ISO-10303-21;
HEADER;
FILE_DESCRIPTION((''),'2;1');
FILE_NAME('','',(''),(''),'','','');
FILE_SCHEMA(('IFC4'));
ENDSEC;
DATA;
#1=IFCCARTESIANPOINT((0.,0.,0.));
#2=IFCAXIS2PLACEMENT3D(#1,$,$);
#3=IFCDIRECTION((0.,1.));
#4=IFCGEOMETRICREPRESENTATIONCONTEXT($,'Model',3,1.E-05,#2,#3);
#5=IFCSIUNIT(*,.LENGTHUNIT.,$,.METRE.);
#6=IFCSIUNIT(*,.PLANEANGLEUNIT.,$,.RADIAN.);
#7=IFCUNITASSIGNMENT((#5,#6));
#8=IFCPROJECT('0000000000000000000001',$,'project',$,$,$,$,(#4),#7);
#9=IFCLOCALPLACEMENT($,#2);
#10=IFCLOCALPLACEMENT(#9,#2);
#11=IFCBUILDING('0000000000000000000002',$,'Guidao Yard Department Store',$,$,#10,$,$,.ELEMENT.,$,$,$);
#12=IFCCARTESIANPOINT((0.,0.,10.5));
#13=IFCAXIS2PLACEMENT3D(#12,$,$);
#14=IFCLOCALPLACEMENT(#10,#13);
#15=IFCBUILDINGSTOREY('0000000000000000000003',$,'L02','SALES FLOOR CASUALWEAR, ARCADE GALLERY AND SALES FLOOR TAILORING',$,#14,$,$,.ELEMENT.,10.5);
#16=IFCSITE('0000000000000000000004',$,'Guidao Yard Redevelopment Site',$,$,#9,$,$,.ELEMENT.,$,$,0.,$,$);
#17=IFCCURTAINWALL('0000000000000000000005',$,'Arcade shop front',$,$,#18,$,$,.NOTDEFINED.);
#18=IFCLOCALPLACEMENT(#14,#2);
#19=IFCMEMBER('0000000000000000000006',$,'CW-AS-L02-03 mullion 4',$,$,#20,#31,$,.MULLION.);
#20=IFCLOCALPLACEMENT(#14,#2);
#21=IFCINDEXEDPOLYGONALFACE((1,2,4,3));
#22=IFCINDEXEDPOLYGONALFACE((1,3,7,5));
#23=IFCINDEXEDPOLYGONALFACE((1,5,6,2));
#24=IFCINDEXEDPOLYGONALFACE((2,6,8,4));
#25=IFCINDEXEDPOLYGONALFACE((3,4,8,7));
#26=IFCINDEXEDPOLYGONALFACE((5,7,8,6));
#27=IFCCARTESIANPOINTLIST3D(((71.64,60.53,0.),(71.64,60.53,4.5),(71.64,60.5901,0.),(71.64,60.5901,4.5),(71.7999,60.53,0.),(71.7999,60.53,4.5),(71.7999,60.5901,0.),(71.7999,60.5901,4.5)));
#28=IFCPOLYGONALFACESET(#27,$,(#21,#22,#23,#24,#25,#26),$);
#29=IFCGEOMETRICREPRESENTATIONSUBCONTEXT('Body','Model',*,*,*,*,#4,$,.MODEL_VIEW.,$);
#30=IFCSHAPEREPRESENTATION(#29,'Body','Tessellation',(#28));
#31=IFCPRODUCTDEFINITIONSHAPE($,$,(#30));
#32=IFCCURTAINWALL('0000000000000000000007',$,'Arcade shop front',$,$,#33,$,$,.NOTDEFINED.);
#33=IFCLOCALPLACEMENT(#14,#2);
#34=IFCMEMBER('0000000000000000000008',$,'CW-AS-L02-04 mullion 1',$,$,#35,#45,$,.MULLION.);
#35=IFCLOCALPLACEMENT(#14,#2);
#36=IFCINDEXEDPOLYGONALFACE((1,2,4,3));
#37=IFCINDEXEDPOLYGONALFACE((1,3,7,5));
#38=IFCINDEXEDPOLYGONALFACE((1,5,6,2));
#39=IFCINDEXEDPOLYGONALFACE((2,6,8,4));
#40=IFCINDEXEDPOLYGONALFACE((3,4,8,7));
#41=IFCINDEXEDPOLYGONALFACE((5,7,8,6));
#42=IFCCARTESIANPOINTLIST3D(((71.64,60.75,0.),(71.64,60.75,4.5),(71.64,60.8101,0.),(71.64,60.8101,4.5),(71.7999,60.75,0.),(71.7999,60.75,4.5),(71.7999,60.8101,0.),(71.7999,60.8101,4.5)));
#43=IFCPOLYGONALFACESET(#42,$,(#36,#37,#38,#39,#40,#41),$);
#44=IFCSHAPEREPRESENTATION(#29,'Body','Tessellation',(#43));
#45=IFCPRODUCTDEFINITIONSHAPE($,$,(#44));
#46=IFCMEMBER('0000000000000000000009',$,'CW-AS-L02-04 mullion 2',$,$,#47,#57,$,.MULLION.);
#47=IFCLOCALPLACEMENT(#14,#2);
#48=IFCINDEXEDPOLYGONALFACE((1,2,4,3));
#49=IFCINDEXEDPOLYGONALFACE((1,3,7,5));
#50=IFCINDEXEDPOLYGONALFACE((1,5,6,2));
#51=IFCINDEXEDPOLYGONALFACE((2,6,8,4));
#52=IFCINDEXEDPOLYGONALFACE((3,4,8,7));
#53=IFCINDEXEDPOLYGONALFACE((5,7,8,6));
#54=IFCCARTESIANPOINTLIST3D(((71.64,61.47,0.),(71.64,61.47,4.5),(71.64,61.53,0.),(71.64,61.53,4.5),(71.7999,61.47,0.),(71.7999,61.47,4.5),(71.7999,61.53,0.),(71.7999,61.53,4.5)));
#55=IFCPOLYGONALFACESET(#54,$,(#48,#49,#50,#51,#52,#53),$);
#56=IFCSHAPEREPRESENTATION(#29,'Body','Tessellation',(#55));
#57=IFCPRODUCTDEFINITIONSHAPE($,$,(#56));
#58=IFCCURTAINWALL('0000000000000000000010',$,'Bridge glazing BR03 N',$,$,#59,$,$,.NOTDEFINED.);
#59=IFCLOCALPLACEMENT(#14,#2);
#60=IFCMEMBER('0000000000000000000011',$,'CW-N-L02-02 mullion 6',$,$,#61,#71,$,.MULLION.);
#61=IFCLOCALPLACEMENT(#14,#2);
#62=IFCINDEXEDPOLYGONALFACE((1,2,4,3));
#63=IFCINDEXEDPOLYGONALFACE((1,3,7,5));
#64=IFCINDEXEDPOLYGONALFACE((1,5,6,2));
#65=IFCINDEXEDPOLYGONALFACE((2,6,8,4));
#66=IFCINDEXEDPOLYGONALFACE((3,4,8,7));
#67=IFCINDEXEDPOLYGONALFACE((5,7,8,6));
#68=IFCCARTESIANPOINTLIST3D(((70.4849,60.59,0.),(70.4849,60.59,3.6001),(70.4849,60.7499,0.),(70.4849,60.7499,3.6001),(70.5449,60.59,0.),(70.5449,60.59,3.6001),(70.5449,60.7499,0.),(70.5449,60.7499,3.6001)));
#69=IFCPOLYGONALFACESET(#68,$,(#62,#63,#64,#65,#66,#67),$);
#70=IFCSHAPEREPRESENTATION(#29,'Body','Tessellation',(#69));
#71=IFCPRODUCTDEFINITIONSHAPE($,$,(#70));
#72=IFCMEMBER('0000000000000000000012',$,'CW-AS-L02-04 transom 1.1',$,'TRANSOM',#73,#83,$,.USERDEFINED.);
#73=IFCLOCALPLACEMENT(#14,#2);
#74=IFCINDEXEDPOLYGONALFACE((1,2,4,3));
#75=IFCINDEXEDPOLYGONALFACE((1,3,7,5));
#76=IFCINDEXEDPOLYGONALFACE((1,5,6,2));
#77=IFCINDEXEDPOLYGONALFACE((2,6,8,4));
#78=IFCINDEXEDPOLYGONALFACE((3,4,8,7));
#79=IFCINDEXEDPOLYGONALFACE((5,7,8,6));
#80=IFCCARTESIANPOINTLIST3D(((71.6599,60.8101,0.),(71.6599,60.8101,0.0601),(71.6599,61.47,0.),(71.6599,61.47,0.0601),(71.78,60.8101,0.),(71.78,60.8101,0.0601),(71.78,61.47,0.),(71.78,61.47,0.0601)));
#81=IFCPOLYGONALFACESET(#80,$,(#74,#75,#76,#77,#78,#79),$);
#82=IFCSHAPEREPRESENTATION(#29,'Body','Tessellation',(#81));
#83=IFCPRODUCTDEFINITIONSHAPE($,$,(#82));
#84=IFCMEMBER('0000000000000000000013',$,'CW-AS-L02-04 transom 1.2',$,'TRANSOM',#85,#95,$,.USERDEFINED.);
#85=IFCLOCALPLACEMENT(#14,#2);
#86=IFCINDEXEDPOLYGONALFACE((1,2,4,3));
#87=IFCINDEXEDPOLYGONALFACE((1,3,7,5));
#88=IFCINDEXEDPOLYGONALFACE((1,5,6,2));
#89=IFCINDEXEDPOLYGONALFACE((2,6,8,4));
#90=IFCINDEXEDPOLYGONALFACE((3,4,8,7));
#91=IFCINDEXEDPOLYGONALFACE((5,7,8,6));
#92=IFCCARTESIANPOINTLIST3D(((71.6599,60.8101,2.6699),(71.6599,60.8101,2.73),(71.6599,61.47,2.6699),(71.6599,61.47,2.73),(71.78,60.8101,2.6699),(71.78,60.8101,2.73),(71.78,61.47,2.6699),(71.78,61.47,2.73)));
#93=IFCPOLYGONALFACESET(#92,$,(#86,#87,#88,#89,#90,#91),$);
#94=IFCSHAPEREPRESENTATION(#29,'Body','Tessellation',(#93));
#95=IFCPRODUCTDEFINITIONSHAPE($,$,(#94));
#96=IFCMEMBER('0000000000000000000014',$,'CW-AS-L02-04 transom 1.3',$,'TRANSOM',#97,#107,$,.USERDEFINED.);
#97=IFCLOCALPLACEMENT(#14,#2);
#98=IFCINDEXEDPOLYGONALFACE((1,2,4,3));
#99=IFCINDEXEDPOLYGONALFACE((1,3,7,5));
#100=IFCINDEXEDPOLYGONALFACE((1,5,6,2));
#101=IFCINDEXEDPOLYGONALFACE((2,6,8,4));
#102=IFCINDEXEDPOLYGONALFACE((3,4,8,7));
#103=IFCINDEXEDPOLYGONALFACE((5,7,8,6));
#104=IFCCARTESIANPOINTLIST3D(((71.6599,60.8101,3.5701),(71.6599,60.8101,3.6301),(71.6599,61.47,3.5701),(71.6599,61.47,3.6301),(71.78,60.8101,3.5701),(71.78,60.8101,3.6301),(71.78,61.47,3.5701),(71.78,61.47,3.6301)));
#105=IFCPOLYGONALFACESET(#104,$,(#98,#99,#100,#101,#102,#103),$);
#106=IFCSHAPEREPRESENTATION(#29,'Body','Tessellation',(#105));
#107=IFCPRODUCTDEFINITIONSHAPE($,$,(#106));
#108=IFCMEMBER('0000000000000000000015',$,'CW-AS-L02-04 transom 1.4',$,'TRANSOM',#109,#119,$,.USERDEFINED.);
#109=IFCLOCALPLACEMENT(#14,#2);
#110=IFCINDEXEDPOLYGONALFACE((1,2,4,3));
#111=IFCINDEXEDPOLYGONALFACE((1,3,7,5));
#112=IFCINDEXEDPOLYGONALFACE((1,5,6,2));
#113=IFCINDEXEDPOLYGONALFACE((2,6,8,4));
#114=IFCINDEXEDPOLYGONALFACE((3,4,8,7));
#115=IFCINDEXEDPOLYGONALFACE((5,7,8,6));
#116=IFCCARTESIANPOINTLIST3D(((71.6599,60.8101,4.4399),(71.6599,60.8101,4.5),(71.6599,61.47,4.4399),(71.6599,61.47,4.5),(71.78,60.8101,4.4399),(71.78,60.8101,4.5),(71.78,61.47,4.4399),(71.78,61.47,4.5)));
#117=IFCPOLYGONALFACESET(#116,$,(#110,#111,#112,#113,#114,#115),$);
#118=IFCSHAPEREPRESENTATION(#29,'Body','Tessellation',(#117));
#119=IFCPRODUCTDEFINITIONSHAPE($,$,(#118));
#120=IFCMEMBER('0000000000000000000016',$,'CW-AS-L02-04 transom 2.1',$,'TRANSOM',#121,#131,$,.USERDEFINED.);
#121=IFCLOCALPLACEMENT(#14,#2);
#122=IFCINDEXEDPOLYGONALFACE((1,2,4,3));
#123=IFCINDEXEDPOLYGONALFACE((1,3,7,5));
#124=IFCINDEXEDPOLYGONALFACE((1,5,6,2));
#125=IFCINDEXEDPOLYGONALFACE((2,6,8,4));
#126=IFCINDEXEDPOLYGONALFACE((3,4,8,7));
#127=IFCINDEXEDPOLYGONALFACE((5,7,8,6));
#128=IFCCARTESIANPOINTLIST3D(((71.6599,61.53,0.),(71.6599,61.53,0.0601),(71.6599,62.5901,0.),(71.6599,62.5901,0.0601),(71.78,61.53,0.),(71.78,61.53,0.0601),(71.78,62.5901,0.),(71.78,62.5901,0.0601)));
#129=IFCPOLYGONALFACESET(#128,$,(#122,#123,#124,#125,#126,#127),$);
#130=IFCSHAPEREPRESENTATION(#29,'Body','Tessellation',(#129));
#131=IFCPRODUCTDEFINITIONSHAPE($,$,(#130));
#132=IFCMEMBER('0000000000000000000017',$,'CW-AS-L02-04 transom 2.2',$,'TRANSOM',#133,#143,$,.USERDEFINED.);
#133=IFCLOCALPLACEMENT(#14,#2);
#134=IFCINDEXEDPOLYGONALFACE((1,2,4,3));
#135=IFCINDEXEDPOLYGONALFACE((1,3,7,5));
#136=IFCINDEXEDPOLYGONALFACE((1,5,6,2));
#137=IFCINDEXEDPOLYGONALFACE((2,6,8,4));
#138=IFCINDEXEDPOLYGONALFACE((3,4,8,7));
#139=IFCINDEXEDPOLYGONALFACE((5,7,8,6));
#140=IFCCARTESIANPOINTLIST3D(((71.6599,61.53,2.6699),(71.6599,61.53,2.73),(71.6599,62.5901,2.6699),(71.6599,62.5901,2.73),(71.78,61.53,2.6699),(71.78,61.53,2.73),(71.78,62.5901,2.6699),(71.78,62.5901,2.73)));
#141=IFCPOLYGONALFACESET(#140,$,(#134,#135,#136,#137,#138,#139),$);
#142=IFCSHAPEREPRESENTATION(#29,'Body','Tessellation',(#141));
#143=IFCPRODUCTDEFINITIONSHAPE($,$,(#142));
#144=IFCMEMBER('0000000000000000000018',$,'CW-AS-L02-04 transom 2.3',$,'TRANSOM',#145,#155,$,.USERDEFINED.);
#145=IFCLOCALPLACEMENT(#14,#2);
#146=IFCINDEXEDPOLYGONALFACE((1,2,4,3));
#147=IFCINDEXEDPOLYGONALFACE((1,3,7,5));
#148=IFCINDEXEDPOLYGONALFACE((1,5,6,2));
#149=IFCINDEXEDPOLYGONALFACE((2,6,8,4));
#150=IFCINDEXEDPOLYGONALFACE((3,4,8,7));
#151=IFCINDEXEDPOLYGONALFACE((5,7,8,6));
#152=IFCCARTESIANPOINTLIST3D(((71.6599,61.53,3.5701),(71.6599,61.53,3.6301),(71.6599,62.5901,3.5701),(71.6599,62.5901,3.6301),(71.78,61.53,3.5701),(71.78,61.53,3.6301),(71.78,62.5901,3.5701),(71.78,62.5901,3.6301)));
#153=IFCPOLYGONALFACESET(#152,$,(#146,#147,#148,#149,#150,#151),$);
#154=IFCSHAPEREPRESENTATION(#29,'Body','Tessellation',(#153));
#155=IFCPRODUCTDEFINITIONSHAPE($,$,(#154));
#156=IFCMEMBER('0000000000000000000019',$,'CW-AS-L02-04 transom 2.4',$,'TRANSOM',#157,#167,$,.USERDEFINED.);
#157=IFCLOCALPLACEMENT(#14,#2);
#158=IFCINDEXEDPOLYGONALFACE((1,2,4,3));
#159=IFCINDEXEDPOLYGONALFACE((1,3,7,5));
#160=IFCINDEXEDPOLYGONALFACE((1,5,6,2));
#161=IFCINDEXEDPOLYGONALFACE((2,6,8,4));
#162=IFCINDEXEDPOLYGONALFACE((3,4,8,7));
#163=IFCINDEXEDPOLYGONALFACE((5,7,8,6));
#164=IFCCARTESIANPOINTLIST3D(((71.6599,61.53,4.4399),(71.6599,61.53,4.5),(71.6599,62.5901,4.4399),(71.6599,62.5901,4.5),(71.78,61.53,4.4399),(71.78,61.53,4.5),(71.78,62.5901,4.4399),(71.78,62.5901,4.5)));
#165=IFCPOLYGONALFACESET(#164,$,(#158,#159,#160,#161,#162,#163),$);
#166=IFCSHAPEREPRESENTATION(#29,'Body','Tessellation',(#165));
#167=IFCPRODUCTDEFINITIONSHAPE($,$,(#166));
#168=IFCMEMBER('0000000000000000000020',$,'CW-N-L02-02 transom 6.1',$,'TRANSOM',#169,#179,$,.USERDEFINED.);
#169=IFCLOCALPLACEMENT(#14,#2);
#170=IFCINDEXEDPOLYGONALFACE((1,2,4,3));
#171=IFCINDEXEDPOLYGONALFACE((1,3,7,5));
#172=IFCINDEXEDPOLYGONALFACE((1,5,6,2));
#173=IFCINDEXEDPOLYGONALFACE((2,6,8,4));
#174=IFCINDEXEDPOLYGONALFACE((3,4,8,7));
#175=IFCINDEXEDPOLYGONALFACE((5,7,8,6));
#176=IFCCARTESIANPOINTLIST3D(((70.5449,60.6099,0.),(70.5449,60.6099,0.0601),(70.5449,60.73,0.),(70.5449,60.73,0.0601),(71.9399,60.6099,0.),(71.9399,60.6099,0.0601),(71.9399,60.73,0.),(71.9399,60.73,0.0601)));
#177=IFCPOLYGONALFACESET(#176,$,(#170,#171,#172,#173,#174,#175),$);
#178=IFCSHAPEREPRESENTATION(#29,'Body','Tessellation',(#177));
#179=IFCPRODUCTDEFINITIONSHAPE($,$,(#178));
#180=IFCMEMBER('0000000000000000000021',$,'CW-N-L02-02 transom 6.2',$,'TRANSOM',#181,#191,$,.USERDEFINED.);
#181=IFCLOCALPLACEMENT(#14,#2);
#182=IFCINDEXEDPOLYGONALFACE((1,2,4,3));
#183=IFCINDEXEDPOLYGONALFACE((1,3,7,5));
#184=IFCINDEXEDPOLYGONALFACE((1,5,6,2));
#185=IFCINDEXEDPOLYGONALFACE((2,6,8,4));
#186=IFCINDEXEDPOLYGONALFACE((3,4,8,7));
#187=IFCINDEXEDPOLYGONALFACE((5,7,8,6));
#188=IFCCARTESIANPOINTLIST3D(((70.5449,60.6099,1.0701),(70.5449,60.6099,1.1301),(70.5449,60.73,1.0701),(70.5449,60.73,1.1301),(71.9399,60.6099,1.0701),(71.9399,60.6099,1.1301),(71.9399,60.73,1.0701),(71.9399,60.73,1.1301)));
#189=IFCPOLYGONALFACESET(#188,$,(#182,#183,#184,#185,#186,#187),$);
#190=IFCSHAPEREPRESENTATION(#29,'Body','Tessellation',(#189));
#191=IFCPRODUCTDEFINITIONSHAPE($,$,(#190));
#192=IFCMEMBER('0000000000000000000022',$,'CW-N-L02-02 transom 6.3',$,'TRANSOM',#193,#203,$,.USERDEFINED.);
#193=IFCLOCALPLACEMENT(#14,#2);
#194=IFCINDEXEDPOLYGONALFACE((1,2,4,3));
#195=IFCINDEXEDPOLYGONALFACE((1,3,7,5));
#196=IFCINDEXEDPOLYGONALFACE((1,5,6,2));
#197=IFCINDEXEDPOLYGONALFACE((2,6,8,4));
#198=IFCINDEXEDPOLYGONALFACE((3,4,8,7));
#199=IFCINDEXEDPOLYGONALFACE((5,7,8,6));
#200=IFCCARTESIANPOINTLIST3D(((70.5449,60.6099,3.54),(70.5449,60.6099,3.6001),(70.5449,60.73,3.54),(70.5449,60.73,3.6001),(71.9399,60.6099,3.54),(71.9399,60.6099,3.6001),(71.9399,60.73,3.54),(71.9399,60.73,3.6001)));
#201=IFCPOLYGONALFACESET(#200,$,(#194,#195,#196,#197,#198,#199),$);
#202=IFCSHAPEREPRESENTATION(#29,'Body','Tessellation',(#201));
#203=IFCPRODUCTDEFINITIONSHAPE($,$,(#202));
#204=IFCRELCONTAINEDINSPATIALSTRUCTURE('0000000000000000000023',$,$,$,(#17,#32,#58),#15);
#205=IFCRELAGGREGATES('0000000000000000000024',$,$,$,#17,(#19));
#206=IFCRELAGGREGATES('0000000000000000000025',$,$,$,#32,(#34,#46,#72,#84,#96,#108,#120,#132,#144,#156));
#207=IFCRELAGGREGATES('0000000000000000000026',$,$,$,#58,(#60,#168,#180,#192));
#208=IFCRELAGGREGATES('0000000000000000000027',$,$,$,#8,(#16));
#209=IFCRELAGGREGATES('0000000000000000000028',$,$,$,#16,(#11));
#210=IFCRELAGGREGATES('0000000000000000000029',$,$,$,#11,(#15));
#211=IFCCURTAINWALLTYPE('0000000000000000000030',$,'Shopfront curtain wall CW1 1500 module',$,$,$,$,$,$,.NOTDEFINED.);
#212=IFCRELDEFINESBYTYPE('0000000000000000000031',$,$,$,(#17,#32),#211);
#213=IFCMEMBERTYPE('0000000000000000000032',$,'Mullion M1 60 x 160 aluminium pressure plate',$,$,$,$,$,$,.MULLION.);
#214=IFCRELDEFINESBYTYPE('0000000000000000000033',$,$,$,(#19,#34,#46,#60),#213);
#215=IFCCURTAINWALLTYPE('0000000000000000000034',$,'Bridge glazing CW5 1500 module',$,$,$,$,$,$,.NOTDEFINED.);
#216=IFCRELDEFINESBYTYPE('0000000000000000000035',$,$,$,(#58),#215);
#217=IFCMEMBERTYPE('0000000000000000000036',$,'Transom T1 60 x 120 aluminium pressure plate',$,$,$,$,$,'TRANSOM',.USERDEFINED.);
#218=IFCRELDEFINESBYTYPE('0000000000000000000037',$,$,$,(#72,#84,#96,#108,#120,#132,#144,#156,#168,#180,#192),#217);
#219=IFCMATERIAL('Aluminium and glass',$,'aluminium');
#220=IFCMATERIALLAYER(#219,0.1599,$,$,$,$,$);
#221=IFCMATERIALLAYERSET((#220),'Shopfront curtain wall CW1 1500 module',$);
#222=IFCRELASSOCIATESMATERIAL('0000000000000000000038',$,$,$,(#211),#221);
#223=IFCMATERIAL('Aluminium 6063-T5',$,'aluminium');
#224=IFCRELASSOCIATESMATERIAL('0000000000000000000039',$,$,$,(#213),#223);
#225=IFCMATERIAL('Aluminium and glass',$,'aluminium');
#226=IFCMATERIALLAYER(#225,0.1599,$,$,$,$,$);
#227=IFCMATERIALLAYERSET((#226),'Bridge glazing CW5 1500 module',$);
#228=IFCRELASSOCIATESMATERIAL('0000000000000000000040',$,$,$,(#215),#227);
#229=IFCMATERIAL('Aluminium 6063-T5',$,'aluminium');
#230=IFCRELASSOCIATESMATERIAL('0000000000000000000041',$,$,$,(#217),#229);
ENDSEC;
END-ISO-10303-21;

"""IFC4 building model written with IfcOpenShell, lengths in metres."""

from ifc_helpers import new_model, si_unit, direction, frame, origin, origin_2d, place, context, subcontext, project, spatial, rectangle, extrude, material, layer, layer_set, material_profile, profile_set, type_object, element, aggregate, save


model = new_model("IFC4")

# Units and contexts
model_context = context("Model", 3, precision=1e-05, world=origin(), true_north=direction((0.0, 1.0)))
body_context = subcontext(model_context, "Body", "Model", "MODEL_VIEW")
ifc_project = project(units=[si_unit("LENGTHUNIT", "METRE"), si_unit("PLANEANGLEUNIT", "RADIAN")], contexts=[model_context])

# Site, building, storey
site_placement = place(None, origin())
site = spatial("IfcSite", under=ifc_project, at=site_placement, Name="Guidao Yard Redevelopment Site", CompositionType="ELEMENT", RefElevation=0.0)
building_placement = place(site_placement, origin())
building = spatial("IfcBuilding", under=site, at=building_placement, Name="Guidao Yard Department Store", CompositionType="ELEMENT")
storey_placement = place(building_placement, frame((0.0, 0.0, 10.5)))
storey = spatial("IfcBuildingStorey", under=building, at=storey_placement, Name="L02", Description="SALES FLOOR CASUALWEAR, ARCADE GALLERY AND SALES FLOOR TAILORING", CompositionType="ELEMENT", Elevation=10.5)

# Curtain wall, member
ifc_material_1 = material(Name="Aluminium and glass", Category="aluminium")
ifc_layer_1 = layer(ifc_material_1, 0.1599)
ifc_layer_set_1 = layer_set([ifc_layer_1], Name="Shopfront curtain wall CW1 1500 module")
curtain_wall_type_1 = type_object("IfcCurtainWallType", Name="Shopfront curtain wall CW1 1500 module", PredefinedType="NOTDEFINED", material=ifc_layer_set_1)
curtain_wall_1_placement = place(storey_placement, origin())
curtain_wall_1 = element("IfcCurtainWall", 1, at=curtain_wall_1_placement, inside=storey, type_object=curtain_wall_type_1, Name="Arcade shop front", PredefinedType="NOTDEFINED")
ifc_material_2 = material(Name="Aluminium 6063-T5", Category="aluminium")
ifc_material_profile_1 = material_profile(ifc_material_2, rectangle(XDim=0.0601, YDim=0.1599, at=origin_2d()), Name="Mullion M1 60 x 160 aluminium pressure plate")
ifc_profile_set_1 = profile_set([ifc_material_profile_1], Name="Aluminium 6063-T5")
member_type_1 = type_object("IfcMemberType", Name="Mullion M1 60 x 160 aluminium pressure plate", PredefinedType="MULLION", material=ifc_profile_set_1)
member_1_placement = place(storey_placement, frame((71.72, 60.5601, 0.0), z_axis=(0.0, 0.0, 1.0), x_axis=(0.0, 1.0, 0.0)))
member_1 = element("IfcMember", 2, at=member_1_placement, type_object=member_type_1, Name="CW-AS-L02-03 mullion 4", PredefinedType="MULLION", context=body_context, shape_type="SweptSolid", body=[
    extrude(rectangle(XDim=0.0601, YDim=0.1599, at=origin_2d()), origin(), (0.0, 0.0, 1.0), 4.5),
])

# Curtain wall, members
curtain_wall_2_placement = place(storey_placement, origin())
curtain_wall_2 = element("IfcCurtainWall", 3, at=curtain_wall_2_placement, inside=storey, type_object=curtain_wall_type_1, Name="Arcade shop front", PredefinedType="NOTDEFINED")
member_2_placement = place(storey_placement, frame((71.72, 60.78, 0.0), z_axis=(0.0, 0.0, 1.0), x_axis=(0.0, 1.0, 0.0)))
member_2 = element("IfcMember", 4, at=member_2_placement, type_object=member_type_1, Name="CW-AS-L02-04 mullion 1", PredefinedType="MULLION", context=body_context, shape_type="SweptSolid", body=[
    extrude(rectangle(XDim=0.0601, YDim=0.1599, at=origin_2d()), origin(), (0.0, 0.0, 1.0), 4.5),
])
member_3_placement = place(storey_placement, frame((71.72, 61.5, 0.0), z_axis=(0.0, 0.0, 1.0), x_axis=(0.0, 1.0, 0.0)))
member_3 = element("IfcMember", 5, at=member_3_placement, type_object=member_type_1, Name="CW-AS-L02-04 mullion 2", PredefinedType="MULLION", context=body_context, shape_type="SweptSolid", body=[
    extrude(rectangle(XDim=0.0601, YDim=0.1599, at=origin_2d()), origin(), (0.0, 0.0, 1.0), 4.5),
])

# Curtain wall, member
ifc_material_3 = material(Name="Aluminium and glass", Category="aluminium")
ifc_layer_2 = layer(ifc_material_3, 0.1599)
ifc_layer_set_2 = layer_set([ifc_layer_2], Name="Bridge glazing CW5 1500 module")
curtain_wall_type_2 = type_object("IfcCurtainWallType", Name="Bridge glazing CW5 1500 module", PredefinedType="NOTDEFINED", material=ifc_layer_set_2)
curtain_wall_3_placement = place(storey_placement, origin())
curtain_wall_3 = element("IfcCurtainWall", 6, at=curtain_wall_3_placement, inside=storey, type_object=curtain_wall_type_2, Name="Bridge glazing BR03 N", PredefinedType="NOTDEFINED")
member_4_placement = place(storey_placement, frame((70.5149, 60.6699, 0.0), z_axis=(0.0, 0.0, 1.0), x_axis=(1.0, 0.0, 0.0)))
member_4 = element("IfcMember", 7, at=member_4_placement, type_object=member_type_1, Name="CW-N-L02-02 mullion 6", PredefinedType="MULLION", context=body_context, shape_type="SweptSolid", body=[
    extrude(rectangle(XDim=0.0601, YDim=0.1599, at=origin_2d()), origin(), (0.0, 0.0, 1.0), 3.6001),
])

# Members
ifc_material_4 = material(Name="Aluminium 6063-T5", Category="aluminium")
ifc_material_profile_2 = material_profile(ifc_material_4, rectangle(XDim=0.1201, YDim=0.0601, at=origin_2d()), Name="Transom T1 60 x 120 aluminium pressure plate")
ifc_profile_set_2 = profile_set([ifc_material_profile_2], Name="Aluminium 6063-T5")
member_type_2 = type_object("IfcMemberType", Name="Transom T1 60 x 120 aluminium pressure plate", ElementType="TRANSOM", PredefinedType="USERDEFINED", material=ifc_profile_set_2)
member_5_placement = place(storey_placement, frame((71.72, 60.8101, 0.03), z_axis=(0.0, 1.0, 0.0), x_axis=(-1.0, 0.0, 0.0)))
member_5 = element("IfcMember", 8, at=member_5_placement, type_object=member_type_2, Name="CW-AS-L02-04 transom 1.1", ObjectType="TRANSOM", PredefinedType="USERDEFINED", context=body_context, shape_type="SweptSolid", body=[
    extrude(rectangle(XDim=0.1201, YDim=0.0601, at=origin_2d()), origin(), (0.0, 0.0, 1.0), 0.6599),
])
member_6_placement = place(storey_placement, frame((71.72, 60.8101, 2.7), z_axis=(0.0, 1.0, 0.0), x_axis=(-1.0, 0.0, 0.0)))
member_6 = element("IfcMember", 9, at=member_6_placement, type_object=member_type_2, Name="CW-AS-L02-04 transom 1.2", ObjectType="TRANSOM", PredefinedType="USERDEFINED", context=body_context, shape_type="SweptSolid", body=[
    extrude(rectangle(XDim=0.1201, YDim=0.0601, at=origin_2d()), origin(), (0.0, 0.0, 1.0), 0.6599),
])
member_7_placement = place(storey_placement, frame((71.72, 60.8101, 3.6001), z_axis=(0.0, 1.0, 0.0), x_axis=(-1.0, 0.0, 0.0)))
member_7 = element("IfcMember", 10, at=member_7_placement, type_object=member_type_2, Name="CW-AS-L02-04 transom 1.3", ObjectType="TRANSOM", PredefinedType="USERDEFINED", context=body_context, shape_type="SweptSolid", body=[
    extrude(rectangle(XDim=0.1201, YDim=0.0601, at=origin_2d()), origin(), (0.0, 0.0, 1.0), 0.6599),
])
member_8_placement = place(storey_placement, frame((71.72, 60.8101, 4.47), z_axis=(0.0, 1.0, 0.0), x_axis=(-1.0, 0.0, 0.0)))
member_8 = element("IfcMember", 11, at=member_8_placement, type_object=member_type_2, Name="CW-AS-L02-04 transom 1.4", ObjectType="TRANSOM", PredefinedType="USERDEFINED", context=body_context, shape_type="SweptSolid", body=[
    extrude(rectangle(XDim=0.1201, YDim=0.0601, at=origin_2d()), origin(), (0.0, 0.0, 1.0), 0.6599),
])
member_9_placement = place(storey_placement, frame((71.72, 61.53, 0.03), z_axis=(0.0, 1.0, 0.0), x_axis=(-1.0, 0.0, 0.0)))
member_9 = element("IfcMember", 12, at=member_9_placement, type_object=member_type_2, Name="CW-AS-L02-04 transom 2.1", ObjectType="TRANSOM", PredefinedType="USERDEFINED", context=body_context, shape_type="SweptSolid", body=[
    extrude(rectangle(XDim=0.1201, YDim=0.0601, at=origin_2d()), origin(), (0.0, 0.0, 1.0), 1.0601),
])
member_10_placement = place(storey_placement, frame((71.72, 61.53, 2.7), z_axis=(0.0, 1.0, 0.0), x_axis=(-1.0, 0.0, 0.0)))
member_10 = element("IfcMember", 13, at=member_10_placement, type_object=member_type_2, Name="CW-AS-L02-04 transom 2.2", ObjectType="TRANSOM", PredefinedType="USERDEFINED", context=body_context, shape_type="SweptSolid", body=[
    extrude(rectangle(XDim=0.1201, YDim=0.0601, at=origin_2d()), origin(), (0.0, 0.0, 1.0), 1.0601),
])
member_11_placement = place(storey_placement, frame((71.72, 61.53, 3.6001), z_axis=(0.0, 1.0, 0.0), x_axis=(-1.0, 0.0, 0.0)))
member_11 = element("IfcMember", 14, at=member_11_placement, type_object=member_type_2, Name="CW-AS-L02-04 transom 2.3", ObjectType="TRANSOM", PredefinedType="USERDEFINED", context=body_context, shape_type="SweptSolid", body=[
    extrude(rectangle(XDim=0.1201, YDim=0.0601, at=origin_2d()), origin(), (0.0, 0.0, 1.0), 1.0601),
])
member_12_placement = place(storey_placement, frame((71.72, 61.53, 4.47), z_axis=(0.0, 1.0, 0.0), x_axis=(-1.0, 0.0, 0.0)))
member_12 = element("IfcMember", 15, at=member_12_placement, type_object=member_type_2, Name="CW-AS-L02-04 transom 2.4", ObjectType="TRANSOM", PredefinedType="USERDEFINED", context=body_context, shape_type="SweptSolid", body=[
    extrude(rectangle(XDim=0.1201, YDim=0.0601, at=origin_2d()), origin(), (0.0, 0.0, 1.0), 1.0601),
])
member_13_placement = place(storey_placement, frame((70.5449, 60.6699, 0.03), z_axis=(1.0, 0.0, 0.0), x_axis=(0.0, 1.0, 0.0)))
member_13 = element("IfcMember", 16, at=member_13_placement, type_object=member_type_2, Name="CW-N-L02-02 transom 6.1", ObjectType="TRANSOM", PredefinedType="USERDEFINED", context=body_context, shape_type="SweptSolid", body=[
    extrude(rectangle(XDim=0.1201, YDim=0.0601, at=origin_2d()), origin(), (0.0, 0.0, 1.0), 1.395),
])
member_14_placement = place(storey_placement, frame((70.5449, 60.6699, 1.1001), z_axis=(1.0, 0.0, 0.0), x_axis=(0.0, 1.0, 0.0)))
member_14 = element("IfcMember", 17, at=member_14_placement, type_object=member_type_2, Name="CW-N-L02-02 transom 6.2", ObjectType="TRANSOM", PredefinedType="USERDEFINED", context=body_context, shape_type="SweptSolid", body=[
    extrude(rectangle(XDim=0.1201, YDim=0.0601, at=origin_2d()), origin(), (0.0, 0.0, 1.0), 1.395),
])
member_15_placement = place(storey_placement, frame((70.5449, 60.6699, 3.5701), z_axis=(1.0, 0.0, 0.0), x_axis=(0.0, 1.0, 0.0)))
member_15 = element("IfcMember", 18, at=member_15_placement, type_object=member_type_2, Name="CW-N-L02-02 transom 6.3", ObjectType="TRANSOM", PredefinedType="USERDEFINED", context=body_context, shape_type="SweptSolid", body=[
    extrude(rectangle(XDim=0.1201, YDim=0.0601, at=origin_2d()), origin(), (0.0, 0.0, 1.0), 1.395),
])

aggregate(curtain_wall_1, [member_1])
aggregate(curtain_wall_2, [member_2, member_3, member_5, member_6, member_7, member_8, member_9, member_10, member_11, member_12])
aggregate(curtain_wall_3, [member_4, member_13, member_14, member_15])

save(model, "model.ifc")
